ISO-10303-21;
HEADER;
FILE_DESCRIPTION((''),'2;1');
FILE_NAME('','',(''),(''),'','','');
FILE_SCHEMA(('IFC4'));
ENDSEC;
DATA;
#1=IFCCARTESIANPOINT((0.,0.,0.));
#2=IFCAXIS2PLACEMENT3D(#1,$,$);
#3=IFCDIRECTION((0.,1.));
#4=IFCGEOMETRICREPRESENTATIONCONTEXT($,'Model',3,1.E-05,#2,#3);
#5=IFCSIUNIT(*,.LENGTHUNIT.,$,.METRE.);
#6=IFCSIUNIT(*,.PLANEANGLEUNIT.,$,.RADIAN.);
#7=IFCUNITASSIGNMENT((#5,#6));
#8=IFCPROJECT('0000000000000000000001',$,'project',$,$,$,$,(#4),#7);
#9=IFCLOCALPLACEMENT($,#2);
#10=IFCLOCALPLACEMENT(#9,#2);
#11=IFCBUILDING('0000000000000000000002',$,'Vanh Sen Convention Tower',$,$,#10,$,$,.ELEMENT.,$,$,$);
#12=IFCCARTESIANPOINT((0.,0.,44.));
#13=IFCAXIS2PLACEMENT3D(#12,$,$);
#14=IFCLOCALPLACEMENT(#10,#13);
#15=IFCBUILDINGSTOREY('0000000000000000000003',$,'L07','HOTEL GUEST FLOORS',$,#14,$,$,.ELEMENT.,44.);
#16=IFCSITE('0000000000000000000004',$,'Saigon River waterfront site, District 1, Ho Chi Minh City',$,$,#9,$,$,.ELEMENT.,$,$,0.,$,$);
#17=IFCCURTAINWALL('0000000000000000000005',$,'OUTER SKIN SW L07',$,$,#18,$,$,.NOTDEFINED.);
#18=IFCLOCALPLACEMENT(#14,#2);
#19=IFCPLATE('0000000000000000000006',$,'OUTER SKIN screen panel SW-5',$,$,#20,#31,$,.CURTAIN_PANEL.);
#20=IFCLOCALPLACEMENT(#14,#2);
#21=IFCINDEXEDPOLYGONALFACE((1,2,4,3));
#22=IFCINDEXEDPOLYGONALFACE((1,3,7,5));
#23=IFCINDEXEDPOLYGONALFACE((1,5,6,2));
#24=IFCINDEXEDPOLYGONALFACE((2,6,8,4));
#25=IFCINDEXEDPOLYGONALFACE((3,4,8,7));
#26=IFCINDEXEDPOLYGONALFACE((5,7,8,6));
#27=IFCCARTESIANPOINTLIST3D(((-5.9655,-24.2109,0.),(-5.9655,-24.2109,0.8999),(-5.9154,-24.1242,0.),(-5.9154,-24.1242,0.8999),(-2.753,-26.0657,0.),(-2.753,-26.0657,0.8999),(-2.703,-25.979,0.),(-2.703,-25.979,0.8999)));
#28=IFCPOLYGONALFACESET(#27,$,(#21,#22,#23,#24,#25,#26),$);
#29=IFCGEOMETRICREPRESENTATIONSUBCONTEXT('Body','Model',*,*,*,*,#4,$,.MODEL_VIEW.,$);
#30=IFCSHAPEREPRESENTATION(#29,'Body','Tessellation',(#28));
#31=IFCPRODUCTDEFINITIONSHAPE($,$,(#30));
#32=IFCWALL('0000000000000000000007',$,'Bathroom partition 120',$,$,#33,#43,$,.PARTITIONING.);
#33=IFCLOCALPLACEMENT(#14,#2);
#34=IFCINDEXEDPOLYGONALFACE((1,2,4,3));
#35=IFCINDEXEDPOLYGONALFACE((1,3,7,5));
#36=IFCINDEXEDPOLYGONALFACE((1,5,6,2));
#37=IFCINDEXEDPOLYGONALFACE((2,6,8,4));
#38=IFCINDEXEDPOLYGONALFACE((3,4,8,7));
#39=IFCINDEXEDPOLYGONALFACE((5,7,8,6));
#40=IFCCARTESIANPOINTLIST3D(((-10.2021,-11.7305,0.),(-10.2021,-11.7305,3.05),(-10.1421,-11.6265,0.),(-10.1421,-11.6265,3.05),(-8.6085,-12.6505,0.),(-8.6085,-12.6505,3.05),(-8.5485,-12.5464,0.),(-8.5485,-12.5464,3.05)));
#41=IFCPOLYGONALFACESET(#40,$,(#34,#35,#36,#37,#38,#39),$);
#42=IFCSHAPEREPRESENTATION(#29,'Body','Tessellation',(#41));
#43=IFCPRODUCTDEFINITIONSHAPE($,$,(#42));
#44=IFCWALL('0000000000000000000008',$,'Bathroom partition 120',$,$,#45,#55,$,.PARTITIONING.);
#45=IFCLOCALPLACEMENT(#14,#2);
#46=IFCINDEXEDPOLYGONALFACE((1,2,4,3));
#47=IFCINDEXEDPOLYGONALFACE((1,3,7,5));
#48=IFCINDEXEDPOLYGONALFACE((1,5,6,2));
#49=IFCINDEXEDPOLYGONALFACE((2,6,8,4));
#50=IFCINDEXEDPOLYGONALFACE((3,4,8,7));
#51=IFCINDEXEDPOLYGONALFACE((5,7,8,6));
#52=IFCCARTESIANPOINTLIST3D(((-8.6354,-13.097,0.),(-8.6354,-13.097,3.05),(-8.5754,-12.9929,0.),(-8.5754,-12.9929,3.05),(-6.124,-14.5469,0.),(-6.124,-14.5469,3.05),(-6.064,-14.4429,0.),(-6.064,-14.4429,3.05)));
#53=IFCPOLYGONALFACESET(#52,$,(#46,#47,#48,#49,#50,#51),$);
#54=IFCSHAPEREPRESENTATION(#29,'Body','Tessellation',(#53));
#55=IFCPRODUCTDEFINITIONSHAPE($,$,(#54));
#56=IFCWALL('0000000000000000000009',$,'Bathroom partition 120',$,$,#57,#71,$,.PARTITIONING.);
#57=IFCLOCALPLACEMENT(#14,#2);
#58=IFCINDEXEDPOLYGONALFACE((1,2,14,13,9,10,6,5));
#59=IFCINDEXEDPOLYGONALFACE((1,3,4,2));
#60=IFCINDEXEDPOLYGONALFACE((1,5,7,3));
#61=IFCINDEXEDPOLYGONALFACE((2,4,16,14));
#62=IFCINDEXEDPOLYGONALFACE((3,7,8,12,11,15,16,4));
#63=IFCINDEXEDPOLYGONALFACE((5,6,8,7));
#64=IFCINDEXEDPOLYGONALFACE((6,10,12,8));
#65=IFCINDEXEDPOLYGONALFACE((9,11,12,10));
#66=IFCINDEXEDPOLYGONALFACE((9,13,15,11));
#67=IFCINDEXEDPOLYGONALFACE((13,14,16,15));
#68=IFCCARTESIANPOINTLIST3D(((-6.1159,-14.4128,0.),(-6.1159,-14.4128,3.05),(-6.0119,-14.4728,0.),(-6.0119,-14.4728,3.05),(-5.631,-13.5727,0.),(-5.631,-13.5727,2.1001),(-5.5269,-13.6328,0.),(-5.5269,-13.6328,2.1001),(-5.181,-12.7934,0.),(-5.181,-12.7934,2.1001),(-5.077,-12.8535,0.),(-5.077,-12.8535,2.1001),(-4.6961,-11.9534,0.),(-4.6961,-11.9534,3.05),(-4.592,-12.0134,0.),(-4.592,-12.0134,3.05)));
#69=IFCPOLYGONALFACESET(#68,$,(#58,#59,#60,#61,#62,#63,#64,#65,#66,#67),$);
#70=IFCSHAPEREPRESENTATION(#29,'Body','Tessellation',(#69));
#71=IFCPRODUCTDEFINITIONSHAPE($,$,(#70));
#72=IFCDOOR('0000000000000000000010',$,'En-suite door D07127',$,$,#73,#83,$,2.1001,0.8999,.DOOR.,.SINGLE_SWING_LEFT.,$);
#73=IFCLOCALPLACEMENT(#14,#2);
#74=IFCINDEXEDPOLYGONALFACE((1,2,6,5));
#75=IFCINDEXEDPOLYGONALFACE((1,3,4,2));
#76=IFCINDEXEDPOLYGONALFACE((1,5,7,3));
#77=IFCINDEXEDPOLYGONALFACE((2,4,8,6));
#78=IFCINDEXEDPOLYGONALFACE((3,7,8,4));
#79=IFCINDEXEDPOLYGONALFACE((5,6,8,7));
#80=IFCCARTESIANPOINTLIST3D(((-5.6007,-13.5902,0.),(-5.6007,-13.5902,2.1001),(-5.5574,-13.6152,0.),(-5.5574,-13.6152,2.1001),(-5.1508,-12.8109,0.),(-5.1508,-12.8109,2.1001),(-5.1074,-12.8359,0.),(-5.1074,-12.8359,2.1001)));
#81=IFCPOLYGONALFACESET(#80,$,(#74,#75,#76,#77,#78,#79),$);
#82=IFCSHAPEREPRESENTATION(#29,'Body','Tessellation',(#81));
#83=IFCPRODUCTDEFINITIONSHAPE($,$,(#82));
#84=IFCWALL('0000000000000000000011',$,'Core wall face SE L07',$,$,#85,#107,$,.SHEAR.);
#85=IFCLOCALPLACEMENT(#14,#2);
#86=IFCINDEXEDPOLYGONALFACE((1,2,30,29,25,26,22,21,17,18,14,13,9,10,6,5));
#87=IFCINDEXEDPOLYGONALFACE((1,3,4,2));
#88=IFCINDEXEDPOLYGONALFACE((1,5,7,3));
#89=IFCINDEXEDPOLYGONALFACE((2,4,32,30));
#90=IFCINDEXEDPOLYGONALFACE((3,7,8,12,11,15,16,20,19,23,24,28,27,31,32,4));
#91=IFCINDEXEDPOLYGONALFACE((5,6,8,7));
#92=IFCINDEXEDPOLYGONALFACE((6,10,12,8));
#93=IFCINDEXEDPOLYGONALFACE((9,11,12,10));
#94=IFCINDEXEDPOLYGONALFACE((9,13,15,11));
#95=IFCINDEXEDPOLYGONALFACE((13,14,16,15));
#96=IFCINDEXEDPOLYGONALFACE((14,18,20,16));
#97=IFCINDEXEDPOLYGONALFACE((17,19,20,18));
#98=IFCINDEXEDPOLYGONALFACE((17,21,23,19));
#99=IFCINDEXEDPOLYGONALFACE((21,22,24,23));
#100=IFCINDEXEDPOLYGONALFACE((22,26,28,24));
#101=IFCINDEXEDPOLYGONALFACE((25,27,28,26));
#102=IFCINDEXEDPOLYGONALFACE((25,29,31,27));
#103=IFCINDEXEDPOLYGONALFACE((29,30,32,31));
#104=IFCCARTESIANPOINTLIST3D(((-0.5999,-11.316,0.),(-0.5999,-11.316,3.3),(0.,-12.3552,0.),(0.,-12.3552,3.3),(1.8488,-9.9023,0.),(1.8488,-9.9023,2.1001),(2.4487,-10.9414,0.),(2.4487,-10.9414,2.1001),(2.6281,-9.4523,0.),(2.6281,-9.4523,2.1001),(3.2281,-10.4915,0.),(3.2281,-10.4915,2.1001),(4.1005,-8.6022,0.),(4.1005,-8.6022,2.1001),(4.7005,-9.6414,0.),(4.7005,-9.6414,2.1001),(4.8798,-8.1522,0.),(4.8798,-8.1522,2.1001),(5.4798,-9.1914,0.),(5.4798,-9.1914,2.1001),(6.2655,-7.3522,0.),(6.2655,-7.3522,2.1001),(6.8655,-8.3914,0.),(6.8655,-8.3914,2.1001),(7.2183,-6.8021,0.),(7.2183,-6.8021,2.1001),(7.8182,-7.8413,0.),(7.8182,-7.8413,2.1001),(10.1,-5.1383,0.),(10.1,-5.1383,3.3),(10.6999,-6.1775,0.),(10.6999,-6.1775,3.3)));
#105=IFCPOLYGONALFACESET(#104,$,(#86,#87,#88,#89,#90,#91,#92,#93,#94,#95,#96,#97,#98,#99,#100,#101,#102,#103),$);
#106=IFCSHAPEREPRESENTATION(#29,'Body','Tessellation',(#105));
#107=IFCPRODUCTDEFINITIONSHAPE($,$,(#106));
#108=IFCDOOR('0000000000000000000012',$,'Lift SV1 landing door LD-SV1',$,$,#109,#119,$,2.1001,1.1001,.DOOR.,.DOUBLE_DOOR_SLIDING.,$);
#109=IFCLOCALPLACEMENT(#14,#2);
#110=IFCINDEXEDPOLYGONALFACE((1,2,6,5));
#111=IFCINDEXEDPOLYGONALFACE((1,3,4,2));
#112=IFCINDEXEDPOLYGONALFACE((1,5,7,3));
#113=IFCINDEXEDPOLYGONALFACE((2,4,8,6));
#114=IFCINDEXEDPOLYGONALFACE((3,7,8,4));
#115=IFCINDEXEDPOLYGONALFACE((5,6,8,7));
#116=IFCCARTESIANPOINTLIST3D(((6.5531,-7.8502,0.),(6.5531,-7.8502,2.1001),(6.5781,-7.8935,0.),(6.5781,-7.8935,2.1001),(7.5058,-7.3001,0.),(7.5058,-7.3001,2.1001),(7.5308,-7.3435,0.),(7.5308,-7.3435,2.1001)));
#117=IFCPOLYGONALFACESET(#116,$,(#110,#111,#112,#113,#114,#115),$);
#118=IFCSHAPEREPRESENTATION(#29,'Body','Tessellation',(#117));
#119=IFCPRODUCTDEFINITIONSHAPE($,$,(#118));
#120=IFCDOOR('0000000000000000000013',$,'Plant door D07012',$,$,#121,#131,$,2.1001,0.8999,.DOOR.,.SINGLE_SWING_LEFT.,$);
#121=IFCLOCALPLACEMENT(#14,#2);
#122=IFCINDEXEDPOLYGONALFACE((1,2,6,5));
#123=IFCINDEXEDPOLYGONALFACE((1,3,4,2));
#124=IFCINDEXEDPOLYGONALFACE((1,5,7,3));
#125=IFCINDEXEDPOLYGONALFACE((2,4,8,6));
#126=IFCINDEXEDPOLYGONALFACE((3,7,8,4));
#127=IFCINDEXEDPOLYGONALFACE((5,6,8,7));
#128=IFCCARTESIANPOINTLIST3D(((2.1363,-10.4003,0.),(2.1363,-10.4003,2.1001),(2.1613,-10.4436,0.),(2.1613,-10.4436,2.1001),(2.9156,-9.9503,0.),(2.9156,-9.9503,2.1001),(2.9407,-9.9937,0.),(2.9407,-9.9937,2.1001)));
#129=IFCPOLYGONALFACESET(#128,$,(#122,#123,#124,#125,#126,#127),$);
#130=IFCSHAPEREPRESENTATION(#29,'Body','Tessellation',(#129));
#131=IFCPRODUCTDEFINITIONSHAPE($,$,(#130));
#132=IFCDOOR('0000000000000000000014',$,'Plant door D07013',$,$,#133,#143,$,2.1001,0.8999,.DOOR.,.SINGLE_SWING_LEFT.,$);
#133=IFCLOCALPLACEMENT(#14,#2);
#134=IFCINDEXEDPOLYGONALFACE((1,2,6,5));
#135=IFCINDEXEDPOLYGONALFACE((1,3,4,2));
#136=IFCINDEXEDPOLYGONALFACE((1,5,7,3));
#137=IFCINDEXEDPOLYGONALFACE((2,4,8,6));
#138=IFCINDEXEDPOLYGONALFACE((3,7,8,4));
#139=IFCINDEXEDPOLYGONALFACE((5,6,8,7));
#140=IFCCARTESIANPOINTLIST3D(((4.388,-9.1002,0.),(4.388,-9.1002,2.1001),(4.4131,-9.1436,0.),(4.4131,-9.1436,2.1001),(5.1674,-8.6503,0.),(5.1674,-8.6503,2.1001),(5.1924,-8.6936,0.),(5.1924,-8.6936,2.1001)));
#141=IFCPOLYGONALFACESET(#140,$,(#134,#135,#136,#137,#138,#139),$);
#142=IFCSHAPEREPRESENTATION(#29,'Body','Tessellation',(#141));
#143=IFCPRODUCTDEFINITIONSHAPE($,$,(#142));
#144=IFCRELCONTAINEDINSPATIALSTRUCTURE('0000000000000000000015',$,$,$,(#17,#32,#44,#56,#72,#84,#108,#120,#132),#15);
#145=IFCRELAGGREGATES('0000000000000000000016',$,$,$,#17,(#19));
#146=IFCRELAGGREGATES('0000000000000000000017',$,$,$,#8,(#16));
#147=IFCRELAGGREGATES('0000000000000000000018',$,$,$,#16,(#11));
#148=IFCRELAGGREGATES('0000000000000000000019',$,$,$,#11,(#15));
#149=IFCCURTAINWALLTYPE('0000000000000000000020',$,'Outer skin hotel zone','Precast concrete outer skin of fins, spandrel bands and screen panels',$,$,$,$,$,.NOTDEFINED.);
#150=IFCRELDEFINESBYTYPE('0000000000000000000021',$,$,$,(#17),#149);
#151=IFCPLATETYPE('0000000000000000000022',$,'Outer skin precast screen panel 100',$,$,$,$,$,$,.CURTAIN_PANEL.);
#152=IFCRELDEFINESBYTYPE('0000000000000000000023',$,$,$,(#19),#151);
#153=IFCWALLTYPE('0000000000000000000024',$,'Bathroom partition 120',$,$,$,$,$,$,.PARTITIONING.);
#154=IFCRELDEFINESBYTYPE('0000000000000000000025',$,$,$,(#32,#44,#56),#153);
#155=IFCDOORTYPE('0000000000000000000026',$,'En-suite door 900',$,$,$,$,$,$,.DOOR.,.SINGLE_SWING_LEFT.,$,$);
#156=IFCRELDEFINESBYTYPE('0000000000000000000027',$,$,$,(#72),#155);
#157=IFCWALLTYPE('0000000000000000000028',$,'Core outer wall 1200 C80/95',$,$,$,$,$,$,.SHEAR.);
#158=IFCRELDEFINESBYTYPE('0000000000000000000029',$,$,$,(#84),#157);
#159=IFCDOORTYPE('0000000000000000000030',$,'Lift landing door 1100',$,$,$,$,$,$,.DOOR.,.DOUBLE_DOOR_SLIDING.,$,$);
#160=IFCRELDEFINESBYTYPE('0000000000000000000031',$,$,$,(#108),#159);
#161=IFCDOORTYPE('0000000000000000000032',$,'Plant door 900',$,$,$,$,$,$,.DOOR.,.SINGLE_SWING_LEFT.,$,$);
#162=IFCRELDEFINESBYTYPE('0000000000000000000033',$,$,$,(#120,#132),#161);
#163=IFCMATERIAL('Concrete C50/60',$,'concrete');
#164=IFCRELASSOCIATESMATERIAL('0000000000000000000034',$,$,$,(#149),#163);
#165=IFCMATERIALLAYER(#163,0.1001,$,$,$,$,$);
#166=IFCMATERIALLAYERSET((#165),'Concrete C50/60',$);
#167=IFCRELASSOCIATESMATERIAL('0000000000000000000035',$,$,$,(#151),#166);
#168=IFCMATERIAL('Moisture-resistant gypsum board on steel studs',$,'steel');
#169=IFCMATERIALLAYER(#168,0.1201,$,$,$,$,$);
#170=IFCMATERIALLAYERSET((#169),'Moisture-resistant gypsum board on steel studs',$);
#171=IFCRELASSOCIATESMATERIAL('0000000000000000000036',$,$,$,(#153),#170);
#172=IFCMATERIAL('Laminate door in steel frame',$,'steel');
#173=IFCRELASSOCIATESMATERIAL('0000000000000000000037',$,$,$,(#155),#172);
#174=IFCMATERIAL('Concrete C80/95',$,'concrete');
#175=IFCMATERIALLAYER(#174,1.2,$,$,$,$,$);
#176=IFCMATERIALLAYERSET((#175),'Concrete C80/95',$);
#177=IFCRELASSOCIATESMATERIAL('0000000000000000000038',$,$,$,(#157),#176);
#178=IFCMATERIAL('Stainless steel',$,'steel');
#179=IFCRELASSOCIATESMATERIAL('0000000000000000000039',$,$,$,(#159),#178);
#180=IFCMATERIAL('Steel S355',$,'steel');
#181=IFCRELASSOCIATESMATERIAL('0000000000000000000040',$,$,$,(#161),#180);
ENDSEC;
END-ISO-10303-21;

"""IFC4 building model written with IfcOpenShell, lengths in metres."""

from ifc_helpers import new_model, si_unit, direction, frame, frame_2d, origin, origin_2d, place, context, subcontext, project, spatial, rectangle, extrude, material, layer, layer_set, type_object, element, fill, aggregate, save


model = new_model("IFC4")

# Units and contexts
model_context = context("Model", 3, precision=1e-05, world=origin(), true_north=direction((0.0, 1.0)))
body_context = subcontext(model_context, "Body", "Model", "MODEL_VIEW")
ifc_project = project(units=[si_unit("LENGTHUNIT", "METRE"), si_unit("PLANEANGLEUNIT", "RADIAN")], contexts=[model_context])

# Site, building, storey
site_placement = place(None, origin())
site = spatial("IfcSite", under=ifc_project, at=site_placement, Name="Saigon River waterfront site, District 1, Ho Chi Minh City", CompositionType="ELEMENT", RefElevation=0.0)
building_placement = place(site_placement, origin())
building = spatial("IfcBuilding", under=site, at=building_placement, Name="Vanh Sen Convention Tower", CompositionType="ELEMENT")
storey_placement = place(building_placement, frame((0.0, 0.0, 44.0)))
storey = spatial("IfcBuildingStorey", under=building, at=storey_placement, Name="L07", Description="HOTEL GUEST FLOORS", CompositionType="ELEMENT", Elevation=44.0)

# Shared definitions
ifc_material_1 = material(Name="Concrete C80/95", Category="concrete")

# Curtain wall
ifc_material_2 = material(Name="Concrete C50/60", Category="concrete")
curtain_wall_type = type_object("IfcCurtainWallType", Name="Outer skin hotel zone", Description="Precast concrete outer skin of fins, spandrel bands and screen panels", PredefinedType="NOTDEFINED", material=ifc_material_2)
curtain_wall_1_placement = place(storey_placement, origin())
curtain_wall_1 = element("IfcCurtainWall", 1, at=curtain_wall_1_placement, inside=storey, type_object=curtain_wall_type, Name="OUTER SKIN SW L07", PredefinedType="NOTDEFINED")

# Plate
ifc_layer_1 = layer(ifc_material_2, 0.1001)
ifc_layer_set_1 = layer_set([ifc_layer_1], Name="Concrete C50/60")
plate_type = type_object("IfcPlateType", Name="Outer skin precast screen panel 100", PredefinedType="CURTAIN_PANEL", material=ifc_layer_set_1)
plate_1_placement = place(storey_placement, frame((-4.3342, -25.095, 0.0), z_axis=(0.0, 0.0, 1.0), x_axis=(0.866021, -0.500008, 0.0)))
plate_1 = element("IfcPlate", 2, at=plate_1_placement, type_object=plate_type, Name="OUTER SKIN screen panel SW-5", PredefinedType="CURTAIN_PANEL", context=body_context, shape_type="SweptSolid", body=[
    extrude(rectangle(XDim=3.7095, YDim=0.1001, at=origin_2d()), origin(), (0.0, 0.0, 1.0), 0.8999),
])
aggregate(curtain_wall_1, [plate_1])

# Walls
ifc_material_3 = material(Name="Moisture-resistant gypsum board on steel studs", Category="steel")
ifc_layer_2 = layer(ifc_material_3, 0.1201)
ifc_layer_set_2 = layer_set([ifc_layer_2], Name="Moisture-resistant gypsum board on steel studs")
wall_type_1 = type_object("IfcWallType", Name="Bathroom partition 120", PredefinedType="PARTITIONING", material=ifc_layer_set_2)
wall_1_placement = place(storey_placement, frame((-8.5786, -12.5984, 0.0), z_axis=(0.0, 0.0, 1.0), x_axis=(-0.866046, 0.499964, 0.0)))
element("IfcWall", 3, at=wall_1_placement, inside=storey, type_object=wall_type_1, Name="Bathroom partition 120", PredefinedType="PARTITIONING", context=body_context, shape_type="SweptSolid", body=[
    extrude(rectangle(XDim=1.8401, YDim=0.1201, at=frame_2d((0.9199, 0.0))), origin(), (0.0, 0.0, 1.0), 3.05),
])
wall_2_placement = place(storey_placement, frame((-6.094, -14.4949, 0.0), z_axis=(0.0, 0.0, 1.0), x_axis=(-0.866033, 0.499987, 0.0)))
element("IfcWall", 4, at=wall_2_placement, inside=storey, type_object=wall_type_1, Name="Bathroom partition 120", PredefinedType="PARTITIONING", context=body_context, shape_type="SweptSolid", body=[
    extrude(rectangle(XDim=2.8999, YDim=0.1201, at=frame_2d((1.45, 0.0))), origin(), (0.0, 0.0, 1.0), 3.05),
])

# Wall, opening, door
wall_3_placement = place(storey_placement, frame((-4.644, -11.9834, 0.0), z_axis=(0.0, 0.0, 1.0), x_axis=(-0.499985, -0.866034, 0.0)))
wall_3 = element("IfcWall", 5, at=wall_3_placement, inside=storey, type_object=wall_type_1, Name="Bathroom partition 120", PredefinedType="PARTITIONING", context=body_context, shape_type="SweptSolid", body=[
    extrude(rectangle(XDim=2.8398, YDim=0.1201, at=frame_2d((1.4199, 0.0))), origin(), (0.0, 0.0, 1.0), 3.05),
])
opening_1_placement = place(wall_3_placement, frame((0.97, 0.0, 0.0)))
opening_1 = element("IfcOpeningElement", 6, at=opening_1_placement, cuts=wall_3, PredefinedType="OPENING", context=body_context, shape_type="SweptSolid", body=[
    extrude(rectangle(XDim=0.8999, YDim=2.1001, at=frame_2d((0.45, 1.05))), frame((0.0, 0.0701, 0.0), z_axis=(0.0, -1.0, 0.0), x_axis=(1.0, 0.0, 0.0)), (0.0, 0.0, 1.0), 0.1401),
])
ifc_material_4 = material(Name="Laminate door in steel frame", Category="steel")
door_type_1 = type_object("IfcDoorType", Name="En-suite door 900", OperationType="SINGLE_SWING_LEFT", PredefinedType="DOOR", material=ifc_material_4)
door_1_placement = place(opening_1_placement, origin())
door_1 = element("IfcDoor", 7, at=door_1_placement, inside=storey, type_object=door_type_1, Name="En-suite door D07127", OperationType="SINGLE_SWING_LEFT", OverallHeight=2.1001, OverallWidth=0.8999, PredefinedType="DOOR", context=body_context, shape_type="SweptSolid", body=[
    extrude(rectangle(XDim=0.8999, YDim=2.1001, at=frame_2d((0.45, 1.05))), frame((0.0, 0.0249, 0.0), z_axis=(0.0, -1.0, 0.0), x_axis=(1.0, 0.0, 0.0)), (0.0, 0.0, 1.0), 0.05),
])
fill(opening_1, door_1)

# Wall, openings, doors
ifc_layer_3 = layer(ifc_material_1, 1.2)
ifc_layer_set_3 = layer_set([ifc_layer_3], Name="Concrete C80/95")
wall_type_2 = type_object("IfcWallType", Name="Core outer wall 1200 C80/95", PredefinedType="SHEAR", material=ifc_layer_set_3)
wall_4_placement = place(storey_placement, frame((-0.3, -11.8357, 0.0), z_axis=(0.0, 0.0, 1.0), x_axis=(0.866021, 0.500007, 0.0)))
wall_4 = element("IfcWall", 8, at=wall_4_placement, inside=storey, type_object=wall_type_2, Name="Core wall face SE L07", PredefinedType="SHEAR", context=body_context, shape_type="SweptSolid", body=[
    extrude(rectangle(XDim=12.3552, YDim=1.2, at=frame_2d((6.1777, 0.0))), origin(), (0.0, 0.0, 1.0), 3.3),
])
opening_2_placement = place(wall_4_placement, frame((2.8276, 0.0, 0.0)))
opening_2 = element("IfcOpeningElement", 9, at=opening_2_placement, cuts=wall_4, PredefinedType="OPENING", context=body_context, shape_type="SweptSolid", body=[
    extrude(rectangle(XDim=0.8999, YDim=2.1001, at=frame_2d((0.45, 1.05))), frame((0.0, 0.6099, 0.0), z_axis=(0.0, -1.0, 0.0), x_axis=(1.0, 0.0, 0.0)), (0.0, 0.0, 1.0), 1.22),
])
opening_3_placement = place(wall_4_placement, frame((5.4277, 0.0, 0.0)))
opening_3 = element("IfcOpeningElement", 10, at=opening_3_placement, cuts=wall_4, PredefinedType="OPENING", context=body_context, shape_type="SweptSolid", body=[
    extrude(rectangle(XDim=0.8999, YDim=2.1001, at=frame_2d((0.45, 1.05))), frame((0.0, 0.6099, 0.0), z_axis=(0.0, -1.0, 0.0), x_axis=(1.0, 0.0, 0.0)), (0.0, 0.0, 1.0), 1.22),
])
opening_4_placement = place(wall_4_placement, frame((7.9277, 0.0, 0.0)))
opening_4 = element("IfcOpeningElement", 11, at=opening_4_placement, cuts=wall_4, PredefinedType="OPENING", context=body_context, shape_type="SweptSolid", body=[
    extrude(rectangle(XDim=1.1001, YDim=2.1001, at=frame_2d((0.55, 1.05))), frame((0.0, 0.6099, 0.0), z_axis=(0.0, -1.0, 0.0), x_axis=(1.0, 0.0, 0.0)), (0.0, 0.0, 1.0), 1.22),
])
ifc_material_5 = material(Name="Stainless steel", Category="steel")
door_type_2 = type_object("IfcDoorType", Name="Lift landing door 1100", OperationType="DOUBLE_DOOR_SLIDING", PredefinedType="DOOR", material=ifc_material_5)
door_2_placement = place(opening_4_placement, origin())
door_2 = element("IfcDoor", 12, at=door_2_placement, inside=storey, type_object=door_type_2, Name="Lift SV1 landing door LD-SV1", OperationType="DOUBLE_DOOR_SLIDING", OverallHeight=2.1001, OverallWidth=1.1001, PredefinedType="DOOR", context=body_context, shape_type="SweptSolid", body=[
    extrude(rectangle(XDim=1.1001, YDim=2.1001, at=frame_2d((0.55, 1.05))), frame((0.0, 0.0249, 0.0), z_axis=(0.0, -1.0, 0.0), x_axis=(1.0, 0.0, 0.0)), (0.0, 0.0, 1.0), 0.05),
])
fill(opening_4, door_2)
ifc_material_6 = material(Name="Steel S355", Category="steel")
door_type_3 = type_object("IfcDoorType", Name="Plant door 900", OperationType="SINGLE_SWING_LEFT", PredefinedType="DOOR", material=ifc_material_6)
door_3_placement = place(opening_2_placement, origin())
door_3 = element("IfcDoor", 13, at=door_3_placement, inside=storey, type_object=door_type_3, Name="Plant door D07012", OperationType="SINGLE_SWING_LEFT", OverallHeight=2.1001, OverallWidth=0.8999, PredefinedType="DOOR", context=body_context, shape_type="SweptSolid", body=[
    extrude(rectangle(XDim=0.8999, YDim=2.1001, at=frame_2d((0.45, 1.05))), frame((0.0, 0.0249, 0.0), z_axis=(0.0, -1.0, 0.0), x_axis=(1.0, 0.0, 0.0)), (0.0, 0.0, 1.0), 0.05),
])
fill(opening_2, door_3)
door_4_placement = place(opening_3_placement, origin())
door_4 = element("IfcDoor", 14, at=door_4_placement, inside=storey, type_object=door_type_3, Name="Plant door D07013", OperationType="SINGLE_SWING_LEFT", OverallHeight=2.1001, OverallWidth=0.8999, PredefinedType="DOOR", context=body_context, shape_type="SweptSolid", body=[
    extrude(rectangle(XDim=0.8999, YDim=2.1001, at=frame_2d((0.45, 1.05))), frame((0.0, 0.0249, 0.0), z_axis=(0.0, -1.0, 0.0), x_axis=(1.0, 0.0, 0.0)), (0.0, 0.0, 1.0), 0.05),
])
fill(opening_3, door_4)

save(model, "model.ifc")
